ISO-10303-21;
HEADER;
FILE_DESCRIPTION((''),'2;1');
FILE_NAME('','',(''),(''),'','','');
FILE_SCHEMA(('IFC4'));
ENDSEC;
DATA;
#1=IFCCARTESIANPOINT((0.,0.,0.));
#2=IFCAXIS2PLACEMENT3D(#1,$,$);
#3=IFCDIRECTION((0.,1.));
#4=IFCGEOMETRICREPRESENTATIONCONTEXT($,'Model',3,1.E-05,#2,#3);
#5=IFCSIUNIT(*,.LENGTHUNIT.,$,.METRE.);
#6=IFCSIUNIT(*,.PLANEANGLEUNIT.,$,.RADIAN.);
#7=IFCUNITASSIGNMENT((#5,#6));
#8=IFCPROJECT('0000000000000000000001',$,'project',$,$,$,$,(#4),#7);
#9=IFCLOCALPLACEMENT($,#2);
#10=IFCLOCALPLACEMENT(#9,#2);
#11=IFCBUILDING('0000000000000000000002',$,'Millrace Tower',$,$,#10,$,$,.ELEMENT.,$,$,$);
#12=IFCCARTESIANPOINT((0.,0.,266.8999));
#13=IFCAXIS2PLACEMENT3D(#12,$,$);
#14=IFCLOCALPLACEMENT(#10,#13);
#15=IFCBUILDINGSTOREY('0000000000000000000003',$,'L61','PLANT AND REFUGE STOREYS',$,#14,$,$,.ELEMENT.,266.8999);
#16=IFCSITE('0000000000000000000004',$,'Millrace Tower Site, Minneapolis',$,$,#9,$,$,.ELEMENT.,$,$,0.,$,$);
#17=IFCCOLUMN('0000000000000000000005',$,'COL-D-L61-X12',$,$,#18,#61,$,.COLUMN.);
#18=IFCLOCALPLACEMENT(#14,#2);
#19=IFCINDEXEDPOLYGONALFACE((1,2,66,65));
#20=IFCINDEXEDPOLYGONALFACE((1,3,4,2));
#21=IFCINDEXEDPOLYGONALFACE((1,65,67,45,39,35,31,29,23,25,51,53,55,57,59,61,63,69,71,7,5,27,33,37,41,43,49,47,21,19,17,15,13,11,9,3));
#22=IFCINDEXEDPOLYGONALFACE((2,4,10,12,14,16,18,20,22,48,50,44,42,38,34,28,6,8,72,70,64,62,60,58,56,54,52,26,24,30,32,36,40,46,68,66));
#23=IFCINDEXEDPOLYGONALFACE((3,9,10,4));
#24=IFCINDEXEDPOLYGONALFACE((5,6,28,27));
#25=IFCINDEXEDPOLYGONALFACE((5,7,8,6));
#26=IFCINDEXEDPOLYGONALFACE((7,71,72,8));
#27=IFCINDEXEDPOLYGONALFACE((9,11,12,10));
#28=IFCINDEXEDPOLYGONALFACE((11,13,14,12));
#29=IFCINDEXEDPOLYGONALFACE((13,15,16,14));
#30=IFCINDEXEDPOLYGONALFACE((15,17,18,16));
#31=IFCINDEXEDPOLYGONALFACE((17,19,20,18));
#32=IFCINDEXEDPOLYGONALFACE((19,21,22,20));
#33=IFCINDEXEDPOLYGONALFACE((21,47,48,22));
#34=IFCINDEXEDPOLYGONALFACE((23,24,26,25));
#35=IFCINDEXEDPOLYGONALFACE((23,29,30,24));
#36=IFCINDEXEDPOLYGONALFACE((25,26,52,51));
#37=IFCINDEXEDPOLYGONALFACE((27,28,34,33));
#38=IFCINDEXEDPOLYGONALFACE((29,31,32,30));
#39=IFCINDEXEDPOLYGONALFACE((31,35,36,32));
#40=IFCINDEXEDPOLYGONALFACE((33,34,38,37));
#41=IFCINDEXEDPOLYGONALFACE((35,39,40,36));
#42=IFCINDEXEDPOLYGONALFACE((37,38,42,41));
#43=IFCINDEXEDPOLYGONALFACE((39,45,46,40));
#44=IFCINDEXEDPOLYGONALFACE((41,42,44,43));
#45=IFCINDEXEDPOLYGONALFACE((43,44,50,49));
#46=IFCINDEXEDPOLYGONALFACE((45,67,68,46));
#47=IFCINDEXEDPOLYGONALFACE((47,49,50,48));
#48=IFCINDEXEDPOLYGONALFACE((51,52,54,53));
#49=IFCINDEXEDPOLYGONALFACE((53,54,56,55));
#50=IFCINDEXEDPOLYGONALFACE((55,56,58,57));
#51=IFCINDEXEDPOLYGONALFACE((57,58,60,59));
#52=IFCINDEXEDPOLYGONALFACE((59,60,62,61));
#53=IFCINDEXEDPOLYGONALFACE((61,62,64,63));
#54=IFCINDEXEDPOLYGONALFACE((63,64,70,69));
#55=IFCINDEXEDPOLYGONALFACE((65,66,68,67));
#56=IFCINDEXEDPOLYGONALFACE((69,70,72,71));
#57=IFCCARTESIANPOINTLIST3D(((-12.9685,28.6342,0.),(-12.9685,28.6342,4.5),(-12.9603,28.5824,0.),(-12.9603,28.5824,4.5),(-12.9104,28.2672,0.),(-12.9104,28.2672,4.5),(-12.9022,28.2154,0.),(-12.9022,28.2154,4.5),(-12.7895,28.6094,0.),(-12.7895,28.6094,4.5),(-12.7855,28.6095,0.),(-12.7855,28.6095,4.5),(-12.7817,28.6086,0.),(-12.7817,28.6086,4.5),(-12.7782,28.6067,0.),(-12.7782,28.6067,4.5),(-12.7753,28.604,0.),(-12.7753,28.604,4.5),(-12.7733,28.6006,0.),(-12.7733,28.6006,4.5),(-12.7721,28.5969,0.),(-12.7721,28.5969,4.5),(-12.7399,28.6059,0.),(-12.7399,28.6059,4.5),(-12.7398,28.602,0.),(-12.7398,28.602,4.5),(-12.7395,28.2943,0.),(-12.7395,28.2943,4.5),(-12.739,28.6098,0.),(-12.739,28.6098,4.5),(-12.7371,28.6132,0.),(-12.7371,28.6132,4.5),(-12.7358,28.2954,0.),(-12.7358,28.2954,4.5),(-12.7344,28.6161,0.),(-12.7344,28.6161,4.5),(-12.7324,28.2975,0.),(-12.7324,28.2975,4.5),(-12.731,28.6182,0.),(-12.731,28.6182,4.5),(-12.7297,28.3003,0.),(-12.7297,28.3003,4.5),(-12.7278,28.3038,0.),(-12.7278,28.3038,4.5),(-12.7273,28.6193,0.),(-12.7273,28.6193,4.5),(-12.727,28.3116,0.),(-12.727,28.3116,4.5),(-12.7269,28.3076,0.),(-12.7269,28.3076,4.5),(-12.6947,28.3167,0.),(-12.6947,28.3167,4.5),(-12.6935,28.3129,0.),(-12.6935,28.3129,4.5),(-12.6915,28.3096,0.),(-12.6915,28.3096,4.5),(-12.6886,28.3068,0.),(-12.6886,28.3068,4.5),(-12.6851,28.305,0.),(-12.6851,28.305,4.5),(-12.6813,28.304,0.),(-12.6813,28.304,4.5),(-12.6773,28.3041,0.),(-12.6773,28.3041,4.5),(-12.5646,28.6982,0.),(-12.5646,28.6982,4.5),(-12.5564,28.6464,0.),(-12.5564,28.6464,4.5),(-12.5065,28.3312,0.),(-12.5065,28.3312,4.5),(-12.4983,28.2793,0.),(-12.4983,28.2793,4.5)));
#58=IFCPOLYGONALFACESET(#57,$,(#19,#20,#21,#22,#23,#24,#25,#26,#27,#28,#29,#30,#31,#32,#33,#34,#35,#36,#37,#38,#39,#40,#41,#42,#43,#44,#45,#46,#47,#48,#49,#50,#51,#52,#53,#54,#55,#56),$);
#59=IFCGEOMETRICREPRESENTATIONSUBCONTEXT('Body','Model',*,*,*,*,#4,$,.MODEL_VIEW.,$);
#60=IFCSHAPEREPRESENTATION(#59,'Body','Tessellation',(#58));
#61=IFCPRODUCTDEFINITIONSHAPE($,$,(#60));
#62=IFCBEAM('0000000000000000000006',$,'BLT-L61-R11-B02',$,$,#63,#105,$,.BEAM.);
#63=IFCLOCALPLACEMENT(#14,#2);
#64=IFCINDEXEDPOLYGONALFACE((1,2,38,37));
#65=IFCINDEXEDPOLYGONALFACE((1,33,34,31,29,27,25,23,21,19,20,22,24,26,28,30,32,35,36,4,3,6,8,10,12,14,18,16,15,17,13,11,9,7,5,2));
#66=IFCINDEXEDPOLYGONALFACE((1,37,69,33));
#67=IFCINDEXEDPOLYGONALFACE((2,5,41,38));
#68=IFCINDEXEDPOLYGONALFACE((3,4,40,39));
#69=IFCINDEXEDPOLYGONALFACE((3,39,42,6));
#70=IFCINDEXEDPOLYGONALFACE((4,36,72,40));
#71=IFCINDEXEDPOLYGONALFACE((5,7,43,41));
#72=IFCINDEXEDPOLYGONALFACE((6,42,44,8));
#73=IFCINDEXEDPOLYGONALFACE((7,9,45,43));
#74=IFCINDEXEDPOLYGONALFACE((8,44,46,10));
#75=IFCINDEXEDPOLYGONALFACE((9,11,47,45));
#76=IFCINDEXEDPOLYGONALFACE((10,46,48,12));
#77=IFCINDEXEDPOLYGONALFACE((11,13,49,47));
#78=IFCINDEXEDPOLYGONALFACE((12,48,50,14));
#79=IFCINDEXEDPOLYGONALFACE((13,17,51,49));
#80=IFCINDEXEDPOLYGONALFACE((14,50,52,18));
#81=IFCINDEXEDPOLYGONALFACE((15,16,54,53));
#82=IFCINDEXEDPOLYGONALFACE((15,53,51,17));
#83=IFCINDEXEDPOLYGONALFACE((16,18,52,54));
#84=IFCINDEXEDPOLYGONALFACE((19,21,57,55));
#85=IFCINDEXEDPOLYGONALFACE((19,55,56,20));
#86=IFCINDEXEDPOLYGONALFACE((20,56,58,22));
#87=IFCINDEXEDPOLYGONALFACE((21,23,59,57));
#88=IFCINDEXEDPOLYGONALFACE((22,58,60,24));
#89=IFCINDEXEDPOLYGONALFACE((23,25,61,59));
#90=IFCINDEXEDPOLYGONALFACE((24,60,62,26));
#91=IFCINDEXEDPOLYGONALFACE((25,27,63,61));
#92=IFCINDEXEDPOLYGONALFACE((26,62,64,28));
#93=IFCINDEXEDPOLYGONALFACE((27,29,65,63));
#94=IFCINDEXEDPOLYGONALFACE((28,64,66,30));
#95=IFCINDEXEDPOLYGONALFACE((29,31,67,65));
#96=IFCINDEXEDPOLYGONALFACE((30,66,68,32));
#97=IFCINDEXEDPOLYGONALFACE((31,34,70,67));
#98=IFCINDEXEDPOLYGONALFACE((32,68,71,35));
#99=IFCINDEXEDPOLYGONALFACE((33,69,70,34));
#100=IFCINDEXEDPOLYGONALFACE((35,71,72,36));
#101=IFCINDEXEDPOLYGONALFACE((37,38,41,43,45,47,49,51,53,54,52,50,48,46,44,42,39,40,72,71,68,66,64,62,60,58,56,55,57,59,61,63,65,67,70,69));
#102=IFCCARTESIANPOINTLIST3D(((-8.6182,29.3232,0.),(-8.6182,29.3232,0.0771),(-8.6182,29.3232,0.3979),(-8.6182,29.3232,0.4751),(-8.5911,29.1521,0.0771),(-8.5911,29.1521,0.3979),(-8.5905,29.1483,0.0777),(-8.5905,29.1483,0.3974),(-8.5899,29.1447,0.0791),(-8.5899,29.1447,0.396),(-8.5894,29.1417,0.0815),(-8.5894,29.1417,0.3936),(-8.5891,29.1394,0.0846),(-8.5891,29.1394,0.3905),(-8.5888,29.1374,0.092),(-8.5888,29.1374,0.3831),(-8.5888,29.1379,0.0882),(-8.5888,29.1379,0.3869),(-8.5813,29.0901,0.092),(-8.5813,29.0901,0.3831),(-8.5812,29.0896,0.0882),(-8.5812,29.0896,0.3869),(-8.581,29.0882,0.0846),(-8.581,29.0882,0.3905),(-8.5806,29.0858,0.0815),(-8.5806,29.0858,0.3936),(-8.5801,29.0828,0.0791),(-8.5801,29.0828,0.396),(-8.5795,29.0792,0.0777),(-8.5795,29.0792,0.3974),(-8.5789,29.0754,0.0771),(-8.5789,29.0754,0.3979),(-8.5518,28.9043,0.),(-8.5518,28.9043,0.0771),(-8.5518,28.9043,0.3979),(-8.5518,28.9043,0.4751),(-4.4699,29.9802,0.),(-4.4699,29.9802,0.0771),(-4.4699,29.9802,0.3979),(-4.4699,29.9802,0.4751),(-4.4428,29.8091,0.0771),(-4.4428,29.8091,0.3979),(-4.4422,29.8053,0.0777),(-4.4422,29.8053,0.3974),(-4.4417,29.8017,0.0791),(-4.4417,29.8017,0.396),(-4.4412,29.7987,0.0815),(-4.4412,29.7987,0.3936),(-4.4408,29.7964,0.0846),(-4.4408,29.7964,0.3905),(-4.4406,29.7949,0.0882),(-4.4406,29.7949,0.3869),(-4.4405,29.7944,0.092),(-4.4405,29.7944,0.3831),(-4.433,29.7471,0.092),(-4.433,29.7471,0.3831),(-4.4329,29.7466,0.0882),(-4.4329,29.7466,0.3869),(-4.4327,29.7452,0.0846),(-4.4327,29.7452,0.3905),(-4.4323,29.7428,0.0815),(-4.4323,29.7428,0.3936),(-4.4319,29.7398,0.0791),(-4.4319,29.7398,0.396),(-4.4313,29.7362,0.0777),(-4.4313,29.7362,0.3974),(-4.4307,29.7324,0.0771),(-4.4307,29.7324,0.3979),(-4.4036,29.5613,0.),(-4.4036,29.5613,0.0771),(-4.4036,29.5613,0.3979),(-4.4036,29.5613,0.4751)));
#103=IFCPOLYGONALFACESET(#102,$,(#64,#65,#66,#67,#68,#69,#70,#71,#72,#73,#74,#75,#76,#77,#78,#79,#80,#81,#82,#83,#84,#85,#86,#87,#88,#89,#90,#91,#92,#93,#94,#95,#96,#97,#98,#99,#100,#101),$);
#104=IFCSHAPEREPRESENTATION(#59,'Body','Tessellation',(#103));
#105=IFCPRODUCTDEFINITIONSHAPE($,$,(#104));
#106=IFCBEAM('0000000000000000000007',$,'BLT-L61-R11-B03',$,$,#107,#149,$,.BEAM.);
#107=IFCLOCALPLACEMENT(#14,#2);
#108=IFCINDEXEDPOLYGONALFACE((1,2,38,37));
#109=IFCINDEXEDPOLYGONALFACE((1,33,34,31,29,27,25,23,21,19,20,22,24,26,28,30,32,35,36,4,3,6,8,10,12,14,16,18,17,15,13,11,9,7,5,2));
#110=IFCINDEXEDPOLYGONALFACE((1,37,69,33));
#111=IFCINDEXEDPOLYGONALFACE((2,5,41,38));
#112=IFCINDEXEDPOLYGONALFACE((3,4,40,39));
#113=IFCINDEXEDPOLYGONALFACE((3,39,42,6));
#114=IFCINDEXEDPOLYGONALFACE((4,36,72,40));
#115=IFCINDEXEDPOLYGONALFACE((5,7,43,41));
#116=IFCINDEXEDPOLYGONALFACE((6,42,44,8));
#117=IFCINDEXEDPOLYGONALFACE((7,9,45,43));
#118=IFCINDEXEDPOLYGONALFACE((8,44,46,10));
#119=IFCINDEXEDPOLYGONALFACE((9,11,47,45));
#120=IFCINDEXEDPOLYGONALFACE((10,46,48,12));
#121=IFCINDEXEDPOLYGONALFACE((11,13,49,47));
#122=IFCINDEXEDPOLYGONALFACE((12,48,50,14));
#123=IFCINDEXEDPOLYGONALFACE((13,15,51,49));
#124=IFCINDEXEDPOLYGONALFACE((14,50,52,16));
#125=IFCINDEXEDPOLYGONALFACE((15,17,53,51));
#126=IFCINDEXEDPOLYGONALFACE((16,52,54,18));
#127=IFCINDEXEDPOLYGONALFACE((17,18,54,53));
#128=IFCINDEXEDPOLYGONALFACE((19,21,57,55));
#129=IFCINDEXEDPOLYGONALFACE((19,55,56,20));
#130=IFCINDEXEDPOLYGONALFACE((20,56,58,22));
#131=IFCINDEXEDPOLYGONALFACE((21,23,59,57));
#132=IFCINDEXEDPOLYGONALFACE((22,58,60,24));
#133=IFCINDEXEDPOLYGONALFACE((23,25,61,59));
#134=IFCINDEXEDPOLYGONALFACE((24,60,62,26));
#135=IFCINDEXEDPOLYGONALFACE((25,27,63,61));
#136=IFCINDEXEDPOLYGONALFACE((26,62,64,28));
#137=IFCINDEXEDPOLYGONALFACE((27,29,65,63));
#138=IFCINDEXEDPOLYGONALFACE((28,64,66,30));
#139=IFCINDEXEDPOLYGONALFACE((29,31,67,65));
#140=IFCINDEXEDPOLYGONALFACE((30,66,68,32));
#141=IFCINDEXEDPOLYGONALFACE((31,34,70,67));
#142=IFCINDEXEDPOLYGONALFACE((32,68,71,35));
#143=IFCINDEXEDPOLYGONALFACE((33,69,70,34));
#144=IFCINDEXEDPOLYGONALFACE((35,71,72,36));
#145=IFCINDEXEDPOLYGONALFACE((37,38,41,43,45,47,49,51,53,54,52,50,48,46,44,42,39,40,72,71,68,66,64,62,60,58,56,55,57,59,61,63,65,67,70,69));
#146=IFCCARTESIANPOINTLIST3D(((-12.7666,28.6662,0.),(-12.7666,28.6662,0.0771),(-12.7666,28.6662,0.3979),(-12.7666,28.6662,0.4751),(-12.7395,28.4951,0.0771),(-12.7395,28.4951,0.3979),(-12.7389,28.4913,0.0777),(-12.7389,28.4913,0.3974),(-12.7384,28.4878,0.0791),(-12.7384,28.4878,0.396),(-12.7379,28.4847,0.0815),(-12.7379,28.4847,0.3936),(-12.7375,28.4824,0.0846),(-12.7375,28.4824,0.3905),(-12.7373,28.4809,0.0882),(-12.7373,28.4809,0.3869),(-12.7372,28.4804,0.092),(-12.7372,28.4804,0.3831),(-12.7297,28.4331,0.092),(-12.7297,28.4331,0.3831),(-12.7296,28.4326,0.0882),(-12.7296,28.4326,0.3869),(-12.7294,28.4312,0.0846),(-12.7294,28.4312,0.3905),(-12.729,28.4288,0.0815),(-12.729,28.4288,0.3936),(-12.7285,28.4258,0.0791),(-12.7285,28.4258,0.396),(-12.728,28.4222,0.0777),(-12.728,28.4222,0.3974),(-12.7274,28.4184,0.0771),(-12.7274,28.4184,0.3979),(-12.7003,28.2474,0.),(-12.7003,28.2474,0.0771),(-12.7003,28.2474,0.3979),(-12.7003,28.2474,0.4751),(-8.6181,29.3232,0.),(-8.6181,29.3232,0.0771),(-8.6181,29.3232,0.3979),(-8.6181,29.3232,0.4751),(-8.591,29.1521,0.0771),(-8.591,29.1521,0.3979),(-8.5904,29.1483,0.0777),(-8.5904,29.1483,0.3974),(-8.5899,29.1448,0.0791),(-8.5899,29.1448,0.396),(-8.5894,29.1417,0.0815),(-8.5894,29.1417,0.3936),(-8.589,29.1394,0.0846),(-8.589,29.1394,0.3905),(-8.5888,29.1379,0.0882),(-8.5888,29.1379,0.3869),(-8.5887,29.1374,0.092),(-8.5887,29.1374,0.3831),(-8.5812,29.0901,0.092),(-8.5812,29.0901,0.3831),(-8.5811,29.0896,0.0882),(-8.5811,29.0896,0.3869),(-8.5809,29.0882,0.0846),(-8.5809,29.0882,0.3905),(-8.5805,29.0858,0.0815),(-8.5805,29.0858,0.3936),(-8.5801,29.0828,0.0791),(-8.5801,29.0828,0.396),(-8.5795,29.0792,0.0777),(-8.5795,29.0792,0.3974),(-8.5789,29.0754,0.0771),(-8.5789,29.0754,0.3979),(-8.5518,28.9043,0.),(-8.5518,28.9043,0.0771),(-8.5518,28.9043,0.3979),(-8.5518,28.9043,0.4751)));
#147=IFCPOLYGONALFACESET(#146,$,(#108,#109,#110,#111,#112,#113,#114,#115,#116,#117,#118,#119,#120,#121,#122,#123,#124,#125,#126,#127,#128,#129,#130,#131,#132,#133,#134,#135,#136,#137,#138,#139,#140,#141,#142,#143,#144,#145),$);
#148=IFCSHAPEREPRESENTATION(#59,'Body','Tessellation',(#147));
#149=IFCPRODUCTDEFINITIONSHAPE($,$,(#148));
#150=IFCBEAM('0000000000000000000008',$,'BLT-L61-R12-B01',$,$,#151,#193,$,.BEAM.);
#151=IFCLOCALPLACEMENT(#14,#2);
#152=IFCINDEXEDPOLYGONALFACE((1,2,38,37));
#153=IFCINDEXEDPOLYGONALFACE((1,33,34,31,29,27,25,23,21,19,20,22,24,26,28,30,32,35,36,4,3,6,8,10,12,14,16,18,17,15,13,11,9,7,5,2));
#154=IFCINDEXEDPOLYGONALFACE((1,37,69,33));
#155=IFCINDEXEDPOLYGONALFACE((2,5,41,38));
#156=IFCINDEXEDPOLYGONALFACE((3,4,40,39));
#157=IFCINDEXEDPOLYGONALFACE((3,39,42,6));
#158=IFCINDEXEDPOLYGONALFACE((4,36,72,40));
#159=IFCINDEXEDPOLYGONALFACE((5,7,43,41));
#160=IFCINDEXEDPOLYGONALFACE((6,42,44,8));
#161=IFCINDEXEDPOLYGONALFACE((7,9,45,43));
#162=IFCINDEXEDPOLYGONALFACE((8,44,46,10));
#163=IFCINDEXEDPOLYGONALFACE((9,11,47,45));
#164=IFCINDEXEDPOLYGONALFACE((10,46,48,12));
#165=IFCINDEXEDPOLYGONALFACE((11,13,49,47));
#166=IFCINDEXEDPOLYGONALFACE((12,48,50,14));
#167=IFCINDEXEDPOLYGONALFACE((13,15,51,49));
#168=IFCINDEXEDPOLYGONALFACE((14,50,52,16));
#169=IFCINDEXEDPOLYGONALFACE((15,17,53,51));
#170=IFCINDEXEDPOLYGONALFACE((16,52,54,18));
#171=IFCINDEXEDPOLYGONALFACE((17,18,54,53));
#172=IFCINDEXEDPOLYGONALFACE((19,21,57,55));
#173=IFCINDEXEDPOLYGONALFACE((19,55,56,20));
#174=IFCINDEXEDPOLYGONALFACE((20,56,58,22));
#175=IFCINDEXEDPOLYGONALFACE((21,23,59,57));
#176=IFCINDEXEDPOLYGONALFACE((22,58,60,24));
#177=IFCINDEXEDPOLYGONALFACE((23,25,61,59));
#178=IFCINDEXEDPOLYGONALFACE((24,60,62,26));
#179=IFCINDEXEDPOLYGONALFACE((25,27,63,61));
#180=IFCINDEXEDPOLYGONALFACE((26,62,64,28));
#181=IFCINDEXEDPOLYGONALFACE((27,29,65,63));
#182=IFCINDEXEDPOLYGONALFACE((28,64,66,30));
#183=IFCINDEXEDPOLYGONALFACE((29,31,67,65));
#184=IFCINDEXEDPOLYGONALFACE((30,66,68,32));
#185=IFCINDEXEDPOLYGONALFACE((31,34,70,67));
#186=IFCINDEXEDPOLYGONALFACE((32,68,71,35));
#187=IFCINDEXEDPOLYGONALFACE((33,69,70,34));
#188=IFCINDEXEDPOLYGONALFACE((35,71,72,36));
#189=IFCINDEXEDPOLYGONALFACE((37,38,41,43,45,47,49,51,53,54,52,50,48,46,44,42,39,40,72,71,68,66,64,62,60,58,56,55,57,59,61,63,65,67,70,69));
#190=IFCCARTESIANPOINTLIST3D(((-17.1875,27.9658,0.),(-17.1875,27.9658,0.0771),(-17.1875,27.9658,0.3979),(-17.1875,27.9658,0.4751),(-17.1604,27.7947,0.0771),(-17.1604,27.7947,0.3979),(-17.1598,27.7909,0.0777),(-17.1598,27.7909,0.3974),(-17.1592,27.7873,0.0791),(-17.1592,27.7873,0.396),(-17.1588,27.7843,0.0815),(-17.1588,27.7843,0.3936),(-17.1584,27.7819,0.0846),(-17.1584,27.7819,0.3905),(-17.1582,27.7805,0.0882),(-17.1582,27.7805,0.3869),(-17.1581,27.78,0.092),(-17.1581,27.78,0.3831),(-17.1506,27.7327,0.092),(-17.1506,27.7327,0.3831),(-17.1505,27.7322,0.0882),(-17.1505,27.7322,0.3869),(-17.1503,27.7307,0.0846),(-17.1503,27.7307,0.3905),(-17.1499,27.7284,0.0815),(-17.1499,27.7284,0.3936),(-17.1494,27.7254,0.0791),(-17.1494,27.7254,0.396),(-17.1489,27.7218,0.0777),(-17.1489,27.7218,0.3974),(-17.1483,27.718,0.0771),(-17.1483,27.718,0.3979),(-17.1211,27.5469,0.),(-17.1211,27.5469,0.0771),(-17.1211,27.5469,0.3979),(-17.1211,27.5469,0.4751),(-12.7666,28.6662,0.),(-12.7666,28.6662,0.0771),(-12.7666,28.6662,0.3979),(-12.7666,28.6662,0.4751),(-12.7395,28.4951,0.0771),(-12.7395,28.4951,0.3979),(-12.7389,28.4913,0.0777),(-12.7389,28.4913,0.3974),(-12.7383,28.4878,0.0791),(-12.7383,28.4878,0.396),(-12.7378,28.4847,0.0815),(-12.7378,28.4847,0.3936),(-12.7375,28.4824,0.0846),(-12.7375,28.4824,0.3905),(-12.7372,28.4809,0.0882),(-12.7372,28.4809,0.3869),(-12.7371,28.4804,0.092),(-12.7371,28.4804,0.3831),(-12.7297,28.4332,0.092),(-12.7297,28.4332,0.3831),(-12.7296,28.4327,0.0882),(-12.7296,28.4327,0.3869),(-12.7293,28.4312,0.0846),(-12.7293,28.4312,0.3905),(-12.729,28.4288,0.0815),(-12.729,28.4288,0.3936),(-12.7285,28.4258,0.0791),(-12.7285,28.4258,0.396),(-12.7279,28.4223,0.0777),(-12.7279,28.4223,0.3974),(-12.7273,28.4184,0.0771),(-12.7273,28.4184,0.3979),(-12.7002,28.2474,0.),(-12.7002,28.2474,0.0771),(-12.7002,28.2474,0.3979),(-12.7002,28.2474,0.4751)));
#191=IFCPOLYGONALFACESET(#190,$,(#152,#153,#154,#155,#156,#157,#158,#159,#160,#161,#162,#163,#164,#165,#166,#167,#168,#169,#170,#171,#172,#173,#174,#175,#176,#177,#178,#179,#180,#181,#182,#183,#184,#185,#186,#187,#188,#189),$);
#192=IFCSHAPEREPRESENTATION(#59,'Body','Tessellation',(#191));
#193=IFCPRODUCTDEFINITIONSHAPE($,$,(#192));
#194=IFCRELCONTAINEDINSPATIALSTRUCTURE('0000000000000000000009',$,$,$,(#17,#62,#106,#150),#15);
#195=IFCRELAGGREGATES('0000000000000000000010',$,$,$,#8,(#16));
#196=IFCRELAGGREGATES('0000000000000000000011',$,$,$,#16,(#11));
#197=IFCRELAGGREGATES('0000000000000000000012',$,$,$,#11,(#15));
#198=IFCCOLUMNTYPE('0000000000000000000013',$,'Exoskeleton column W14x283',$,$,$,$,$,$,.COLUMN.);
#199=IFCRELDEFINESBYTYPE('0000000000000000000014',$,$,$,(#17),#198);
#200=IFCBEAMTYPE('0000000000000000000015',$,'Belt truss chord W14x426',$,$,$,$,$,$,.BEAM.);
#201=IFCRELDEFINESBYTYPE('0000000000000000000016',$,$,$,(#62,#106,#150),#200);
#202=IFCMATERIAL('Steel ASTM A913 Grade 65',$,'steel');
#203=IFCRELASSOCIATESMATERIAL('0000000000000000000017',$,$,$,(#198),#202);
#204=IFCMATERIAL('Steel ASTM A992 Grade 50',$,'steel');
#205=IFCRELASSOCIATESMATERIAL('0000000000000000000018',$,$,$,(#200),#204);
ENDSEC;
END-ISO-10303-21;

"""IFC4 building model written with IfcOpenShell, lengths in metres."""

from ifc_helpers import new_model, si_unit, direction, frame, origin, origin_2d, place, context, subcontext, project, spatial, i_section, extrude, material, material_profile, profile_set, type_object, element, save


model = new_model("IFC4")

# Units and contexts
model_context = context("Model", 3, precision=1e-05, world=origin(), true_north=direction((0.0, 1.0)))
body_context = subcontext(model_context, "Body", "Model", "MODEL_VIEW")
ifc_project = project(units=[si_unit("LENGTHUNIT", "METRE"), si_unit("PLANEANGLEUNIT", "RADIAN")], contexts=[model_context])

# Site, building, storey
site_placement = place(None, origin())
site = spatial("IfcSite", under=ifc_project, at=site_placement, Name="Millrace Tower Site, Minneapolis", CompositionType="ELEMENT", RefElevation=0.0)
building_placement = place(site_placement, origin())
building = spatial("IfcBuilding", under=site, at=building_placement, Name="Millrace Tower", CompositionType="ELEMENT")
storey_placement = place(building_placement, frame((0.0, 0.0, 266.8999)))
storey = spatial("IfcBuildingStorey", under=building, at=storey_placement, Name="L61", Description="PLANT AND REFUGE STOREYS", CompositionType="ELEMENT", Elevation=266.8999)

# Column
ifc_material_1 = material(Name="Steel ASTM A913 Grade 65", Category="steel")
ifc_material_profile_1 = material_profile(ifc_material_1, i_section(OverallWidth=0.4089, OverallDepth=0.4241, WebThickness=0.0327, FlangeThickness=0.0525, FilletRadius=0.0151, at=origin_2d()))
ifc_profile_set_1 = profile_set([ifc_material_profile_1], Name="Steel ASTM A913 Grade 65")
column_type = type_object("IfcColumnType", Name="Exoskeleton column W14x283", PredefinedType="COLUMN", material=ifc_profile_set_1)
column_placement = place(storey_placement, frame((-12.7334, 28.4568, 0.0), z_axis=(0.0, 0.0, 1.0), x_axis=(-0.987688, -0.156434, 0.0)))
element("IfcColumn", 1, at=column_placement, inside=storey, type_object=column_type, Name="COL-D-L61-X12", PredefinedType="COLUMN", context=body_context, shape_type="SweptSolid", body=[
    extrude(i_section(OverallWidth=0.4089, OverallDepth=0.4241, WebThickness=0.0327, FlangeThickness=0.0525, FilletRadius=0.0151, at=origin_2d()), origin(), (0.0, 0.0, 1.0), 4.5),
])

# Beams
ifc_material_2 = material(Name="Steel ASTM A992 Grade 50", Category="steel")
ifc_material_profile_2 = material_profile(ifc_material_2, i_section(OverallWidth=0.4241, OverallDepth=0.4751, WebThickness=0.0479, FlangeThickness=0.0771, FilletRadius=0.0149, at=origin_2d()))
ifc_profile_set_2 = profile_set([ifc_material_profile_2], Name="Steel ASTM A992 Grade 50")
beam_type = type_object("IfcBeamType", Name="Belt truss chord W14x426", PredefinedType="BEAM", material=ifc_profile_set_2)
beam_1_placement = place(storey_placement, frame((-4.4368, 29.7708, 0.2375), z_axis=(-0.987689, -0.156428, 0.0), x_axis=(0.156428, -0.987689, 0.0)))
element("IfcBeam", 2, at=beam_1_placement, inside=storey, type_object=beam_type, Name="BLT-L61-R11-B02", PredefinedType="BEAM", context=body_context, shape_type="SweptSolid", body=[
    extrude(i_section(OverallWidth=0.4241, OverallDepth=0.4751, WebThickness=0.0479, FlangeThickness=0.0771, FilletRadius=0.0149, at=origin_2d()), origin(), (0.0, 0.0, 1.0), 4.2),
])
beam_2_placement = place(storey_placement, frame((-8.585, 29.1138, 0.2375), z_axis=(-0.987691, -0.156419, 0.0), x_axis=(0.156419, -0.987691, 0.0)))
element("IfcBeam", 3, at=beam_2_placement, inside=storey, type_object=beam_type, Name="BLT-L61-R11-B03", PredefinedType="BEAM", context=body_context, shape_type="SweptSolid", body=[
    extrude(i_section(OverallWidth=0.4241, OverallDepth=0.4751, WebThickness=0.0479, FlangeThickness=0.0771, FilletRadius=0.0149, at=origin_2d()), origin(), (0.0, 0.0, 1.0), 4.2002),
])
beam_3_placement = place(storey_placement, frame((-12.7334, 28.4568, 0.2375), z_axis=(-0.98768, -0.156486, 0.0), x_axis=(0.156486, -0.98768, 0.0)))
element("IfcBeam", 4, at=beam_3_placement, inside=storey, type_object=beam_type, Name="BLT-L61-R12-B01", PredefinedType="BEAM", context=body_context, shape_type="SweptSolid", body=[
    extrude(i_section(OverallWidth=0.4241, OverallDepth=0.4751, WebThickness=0.0479, FlangeThickness=0.0771, FilletRadius=0.0149, at=origin_2d()), origin(), (0.0, 0.0, 1.0), 4.4761),
])

save(model, "model.ifc")
